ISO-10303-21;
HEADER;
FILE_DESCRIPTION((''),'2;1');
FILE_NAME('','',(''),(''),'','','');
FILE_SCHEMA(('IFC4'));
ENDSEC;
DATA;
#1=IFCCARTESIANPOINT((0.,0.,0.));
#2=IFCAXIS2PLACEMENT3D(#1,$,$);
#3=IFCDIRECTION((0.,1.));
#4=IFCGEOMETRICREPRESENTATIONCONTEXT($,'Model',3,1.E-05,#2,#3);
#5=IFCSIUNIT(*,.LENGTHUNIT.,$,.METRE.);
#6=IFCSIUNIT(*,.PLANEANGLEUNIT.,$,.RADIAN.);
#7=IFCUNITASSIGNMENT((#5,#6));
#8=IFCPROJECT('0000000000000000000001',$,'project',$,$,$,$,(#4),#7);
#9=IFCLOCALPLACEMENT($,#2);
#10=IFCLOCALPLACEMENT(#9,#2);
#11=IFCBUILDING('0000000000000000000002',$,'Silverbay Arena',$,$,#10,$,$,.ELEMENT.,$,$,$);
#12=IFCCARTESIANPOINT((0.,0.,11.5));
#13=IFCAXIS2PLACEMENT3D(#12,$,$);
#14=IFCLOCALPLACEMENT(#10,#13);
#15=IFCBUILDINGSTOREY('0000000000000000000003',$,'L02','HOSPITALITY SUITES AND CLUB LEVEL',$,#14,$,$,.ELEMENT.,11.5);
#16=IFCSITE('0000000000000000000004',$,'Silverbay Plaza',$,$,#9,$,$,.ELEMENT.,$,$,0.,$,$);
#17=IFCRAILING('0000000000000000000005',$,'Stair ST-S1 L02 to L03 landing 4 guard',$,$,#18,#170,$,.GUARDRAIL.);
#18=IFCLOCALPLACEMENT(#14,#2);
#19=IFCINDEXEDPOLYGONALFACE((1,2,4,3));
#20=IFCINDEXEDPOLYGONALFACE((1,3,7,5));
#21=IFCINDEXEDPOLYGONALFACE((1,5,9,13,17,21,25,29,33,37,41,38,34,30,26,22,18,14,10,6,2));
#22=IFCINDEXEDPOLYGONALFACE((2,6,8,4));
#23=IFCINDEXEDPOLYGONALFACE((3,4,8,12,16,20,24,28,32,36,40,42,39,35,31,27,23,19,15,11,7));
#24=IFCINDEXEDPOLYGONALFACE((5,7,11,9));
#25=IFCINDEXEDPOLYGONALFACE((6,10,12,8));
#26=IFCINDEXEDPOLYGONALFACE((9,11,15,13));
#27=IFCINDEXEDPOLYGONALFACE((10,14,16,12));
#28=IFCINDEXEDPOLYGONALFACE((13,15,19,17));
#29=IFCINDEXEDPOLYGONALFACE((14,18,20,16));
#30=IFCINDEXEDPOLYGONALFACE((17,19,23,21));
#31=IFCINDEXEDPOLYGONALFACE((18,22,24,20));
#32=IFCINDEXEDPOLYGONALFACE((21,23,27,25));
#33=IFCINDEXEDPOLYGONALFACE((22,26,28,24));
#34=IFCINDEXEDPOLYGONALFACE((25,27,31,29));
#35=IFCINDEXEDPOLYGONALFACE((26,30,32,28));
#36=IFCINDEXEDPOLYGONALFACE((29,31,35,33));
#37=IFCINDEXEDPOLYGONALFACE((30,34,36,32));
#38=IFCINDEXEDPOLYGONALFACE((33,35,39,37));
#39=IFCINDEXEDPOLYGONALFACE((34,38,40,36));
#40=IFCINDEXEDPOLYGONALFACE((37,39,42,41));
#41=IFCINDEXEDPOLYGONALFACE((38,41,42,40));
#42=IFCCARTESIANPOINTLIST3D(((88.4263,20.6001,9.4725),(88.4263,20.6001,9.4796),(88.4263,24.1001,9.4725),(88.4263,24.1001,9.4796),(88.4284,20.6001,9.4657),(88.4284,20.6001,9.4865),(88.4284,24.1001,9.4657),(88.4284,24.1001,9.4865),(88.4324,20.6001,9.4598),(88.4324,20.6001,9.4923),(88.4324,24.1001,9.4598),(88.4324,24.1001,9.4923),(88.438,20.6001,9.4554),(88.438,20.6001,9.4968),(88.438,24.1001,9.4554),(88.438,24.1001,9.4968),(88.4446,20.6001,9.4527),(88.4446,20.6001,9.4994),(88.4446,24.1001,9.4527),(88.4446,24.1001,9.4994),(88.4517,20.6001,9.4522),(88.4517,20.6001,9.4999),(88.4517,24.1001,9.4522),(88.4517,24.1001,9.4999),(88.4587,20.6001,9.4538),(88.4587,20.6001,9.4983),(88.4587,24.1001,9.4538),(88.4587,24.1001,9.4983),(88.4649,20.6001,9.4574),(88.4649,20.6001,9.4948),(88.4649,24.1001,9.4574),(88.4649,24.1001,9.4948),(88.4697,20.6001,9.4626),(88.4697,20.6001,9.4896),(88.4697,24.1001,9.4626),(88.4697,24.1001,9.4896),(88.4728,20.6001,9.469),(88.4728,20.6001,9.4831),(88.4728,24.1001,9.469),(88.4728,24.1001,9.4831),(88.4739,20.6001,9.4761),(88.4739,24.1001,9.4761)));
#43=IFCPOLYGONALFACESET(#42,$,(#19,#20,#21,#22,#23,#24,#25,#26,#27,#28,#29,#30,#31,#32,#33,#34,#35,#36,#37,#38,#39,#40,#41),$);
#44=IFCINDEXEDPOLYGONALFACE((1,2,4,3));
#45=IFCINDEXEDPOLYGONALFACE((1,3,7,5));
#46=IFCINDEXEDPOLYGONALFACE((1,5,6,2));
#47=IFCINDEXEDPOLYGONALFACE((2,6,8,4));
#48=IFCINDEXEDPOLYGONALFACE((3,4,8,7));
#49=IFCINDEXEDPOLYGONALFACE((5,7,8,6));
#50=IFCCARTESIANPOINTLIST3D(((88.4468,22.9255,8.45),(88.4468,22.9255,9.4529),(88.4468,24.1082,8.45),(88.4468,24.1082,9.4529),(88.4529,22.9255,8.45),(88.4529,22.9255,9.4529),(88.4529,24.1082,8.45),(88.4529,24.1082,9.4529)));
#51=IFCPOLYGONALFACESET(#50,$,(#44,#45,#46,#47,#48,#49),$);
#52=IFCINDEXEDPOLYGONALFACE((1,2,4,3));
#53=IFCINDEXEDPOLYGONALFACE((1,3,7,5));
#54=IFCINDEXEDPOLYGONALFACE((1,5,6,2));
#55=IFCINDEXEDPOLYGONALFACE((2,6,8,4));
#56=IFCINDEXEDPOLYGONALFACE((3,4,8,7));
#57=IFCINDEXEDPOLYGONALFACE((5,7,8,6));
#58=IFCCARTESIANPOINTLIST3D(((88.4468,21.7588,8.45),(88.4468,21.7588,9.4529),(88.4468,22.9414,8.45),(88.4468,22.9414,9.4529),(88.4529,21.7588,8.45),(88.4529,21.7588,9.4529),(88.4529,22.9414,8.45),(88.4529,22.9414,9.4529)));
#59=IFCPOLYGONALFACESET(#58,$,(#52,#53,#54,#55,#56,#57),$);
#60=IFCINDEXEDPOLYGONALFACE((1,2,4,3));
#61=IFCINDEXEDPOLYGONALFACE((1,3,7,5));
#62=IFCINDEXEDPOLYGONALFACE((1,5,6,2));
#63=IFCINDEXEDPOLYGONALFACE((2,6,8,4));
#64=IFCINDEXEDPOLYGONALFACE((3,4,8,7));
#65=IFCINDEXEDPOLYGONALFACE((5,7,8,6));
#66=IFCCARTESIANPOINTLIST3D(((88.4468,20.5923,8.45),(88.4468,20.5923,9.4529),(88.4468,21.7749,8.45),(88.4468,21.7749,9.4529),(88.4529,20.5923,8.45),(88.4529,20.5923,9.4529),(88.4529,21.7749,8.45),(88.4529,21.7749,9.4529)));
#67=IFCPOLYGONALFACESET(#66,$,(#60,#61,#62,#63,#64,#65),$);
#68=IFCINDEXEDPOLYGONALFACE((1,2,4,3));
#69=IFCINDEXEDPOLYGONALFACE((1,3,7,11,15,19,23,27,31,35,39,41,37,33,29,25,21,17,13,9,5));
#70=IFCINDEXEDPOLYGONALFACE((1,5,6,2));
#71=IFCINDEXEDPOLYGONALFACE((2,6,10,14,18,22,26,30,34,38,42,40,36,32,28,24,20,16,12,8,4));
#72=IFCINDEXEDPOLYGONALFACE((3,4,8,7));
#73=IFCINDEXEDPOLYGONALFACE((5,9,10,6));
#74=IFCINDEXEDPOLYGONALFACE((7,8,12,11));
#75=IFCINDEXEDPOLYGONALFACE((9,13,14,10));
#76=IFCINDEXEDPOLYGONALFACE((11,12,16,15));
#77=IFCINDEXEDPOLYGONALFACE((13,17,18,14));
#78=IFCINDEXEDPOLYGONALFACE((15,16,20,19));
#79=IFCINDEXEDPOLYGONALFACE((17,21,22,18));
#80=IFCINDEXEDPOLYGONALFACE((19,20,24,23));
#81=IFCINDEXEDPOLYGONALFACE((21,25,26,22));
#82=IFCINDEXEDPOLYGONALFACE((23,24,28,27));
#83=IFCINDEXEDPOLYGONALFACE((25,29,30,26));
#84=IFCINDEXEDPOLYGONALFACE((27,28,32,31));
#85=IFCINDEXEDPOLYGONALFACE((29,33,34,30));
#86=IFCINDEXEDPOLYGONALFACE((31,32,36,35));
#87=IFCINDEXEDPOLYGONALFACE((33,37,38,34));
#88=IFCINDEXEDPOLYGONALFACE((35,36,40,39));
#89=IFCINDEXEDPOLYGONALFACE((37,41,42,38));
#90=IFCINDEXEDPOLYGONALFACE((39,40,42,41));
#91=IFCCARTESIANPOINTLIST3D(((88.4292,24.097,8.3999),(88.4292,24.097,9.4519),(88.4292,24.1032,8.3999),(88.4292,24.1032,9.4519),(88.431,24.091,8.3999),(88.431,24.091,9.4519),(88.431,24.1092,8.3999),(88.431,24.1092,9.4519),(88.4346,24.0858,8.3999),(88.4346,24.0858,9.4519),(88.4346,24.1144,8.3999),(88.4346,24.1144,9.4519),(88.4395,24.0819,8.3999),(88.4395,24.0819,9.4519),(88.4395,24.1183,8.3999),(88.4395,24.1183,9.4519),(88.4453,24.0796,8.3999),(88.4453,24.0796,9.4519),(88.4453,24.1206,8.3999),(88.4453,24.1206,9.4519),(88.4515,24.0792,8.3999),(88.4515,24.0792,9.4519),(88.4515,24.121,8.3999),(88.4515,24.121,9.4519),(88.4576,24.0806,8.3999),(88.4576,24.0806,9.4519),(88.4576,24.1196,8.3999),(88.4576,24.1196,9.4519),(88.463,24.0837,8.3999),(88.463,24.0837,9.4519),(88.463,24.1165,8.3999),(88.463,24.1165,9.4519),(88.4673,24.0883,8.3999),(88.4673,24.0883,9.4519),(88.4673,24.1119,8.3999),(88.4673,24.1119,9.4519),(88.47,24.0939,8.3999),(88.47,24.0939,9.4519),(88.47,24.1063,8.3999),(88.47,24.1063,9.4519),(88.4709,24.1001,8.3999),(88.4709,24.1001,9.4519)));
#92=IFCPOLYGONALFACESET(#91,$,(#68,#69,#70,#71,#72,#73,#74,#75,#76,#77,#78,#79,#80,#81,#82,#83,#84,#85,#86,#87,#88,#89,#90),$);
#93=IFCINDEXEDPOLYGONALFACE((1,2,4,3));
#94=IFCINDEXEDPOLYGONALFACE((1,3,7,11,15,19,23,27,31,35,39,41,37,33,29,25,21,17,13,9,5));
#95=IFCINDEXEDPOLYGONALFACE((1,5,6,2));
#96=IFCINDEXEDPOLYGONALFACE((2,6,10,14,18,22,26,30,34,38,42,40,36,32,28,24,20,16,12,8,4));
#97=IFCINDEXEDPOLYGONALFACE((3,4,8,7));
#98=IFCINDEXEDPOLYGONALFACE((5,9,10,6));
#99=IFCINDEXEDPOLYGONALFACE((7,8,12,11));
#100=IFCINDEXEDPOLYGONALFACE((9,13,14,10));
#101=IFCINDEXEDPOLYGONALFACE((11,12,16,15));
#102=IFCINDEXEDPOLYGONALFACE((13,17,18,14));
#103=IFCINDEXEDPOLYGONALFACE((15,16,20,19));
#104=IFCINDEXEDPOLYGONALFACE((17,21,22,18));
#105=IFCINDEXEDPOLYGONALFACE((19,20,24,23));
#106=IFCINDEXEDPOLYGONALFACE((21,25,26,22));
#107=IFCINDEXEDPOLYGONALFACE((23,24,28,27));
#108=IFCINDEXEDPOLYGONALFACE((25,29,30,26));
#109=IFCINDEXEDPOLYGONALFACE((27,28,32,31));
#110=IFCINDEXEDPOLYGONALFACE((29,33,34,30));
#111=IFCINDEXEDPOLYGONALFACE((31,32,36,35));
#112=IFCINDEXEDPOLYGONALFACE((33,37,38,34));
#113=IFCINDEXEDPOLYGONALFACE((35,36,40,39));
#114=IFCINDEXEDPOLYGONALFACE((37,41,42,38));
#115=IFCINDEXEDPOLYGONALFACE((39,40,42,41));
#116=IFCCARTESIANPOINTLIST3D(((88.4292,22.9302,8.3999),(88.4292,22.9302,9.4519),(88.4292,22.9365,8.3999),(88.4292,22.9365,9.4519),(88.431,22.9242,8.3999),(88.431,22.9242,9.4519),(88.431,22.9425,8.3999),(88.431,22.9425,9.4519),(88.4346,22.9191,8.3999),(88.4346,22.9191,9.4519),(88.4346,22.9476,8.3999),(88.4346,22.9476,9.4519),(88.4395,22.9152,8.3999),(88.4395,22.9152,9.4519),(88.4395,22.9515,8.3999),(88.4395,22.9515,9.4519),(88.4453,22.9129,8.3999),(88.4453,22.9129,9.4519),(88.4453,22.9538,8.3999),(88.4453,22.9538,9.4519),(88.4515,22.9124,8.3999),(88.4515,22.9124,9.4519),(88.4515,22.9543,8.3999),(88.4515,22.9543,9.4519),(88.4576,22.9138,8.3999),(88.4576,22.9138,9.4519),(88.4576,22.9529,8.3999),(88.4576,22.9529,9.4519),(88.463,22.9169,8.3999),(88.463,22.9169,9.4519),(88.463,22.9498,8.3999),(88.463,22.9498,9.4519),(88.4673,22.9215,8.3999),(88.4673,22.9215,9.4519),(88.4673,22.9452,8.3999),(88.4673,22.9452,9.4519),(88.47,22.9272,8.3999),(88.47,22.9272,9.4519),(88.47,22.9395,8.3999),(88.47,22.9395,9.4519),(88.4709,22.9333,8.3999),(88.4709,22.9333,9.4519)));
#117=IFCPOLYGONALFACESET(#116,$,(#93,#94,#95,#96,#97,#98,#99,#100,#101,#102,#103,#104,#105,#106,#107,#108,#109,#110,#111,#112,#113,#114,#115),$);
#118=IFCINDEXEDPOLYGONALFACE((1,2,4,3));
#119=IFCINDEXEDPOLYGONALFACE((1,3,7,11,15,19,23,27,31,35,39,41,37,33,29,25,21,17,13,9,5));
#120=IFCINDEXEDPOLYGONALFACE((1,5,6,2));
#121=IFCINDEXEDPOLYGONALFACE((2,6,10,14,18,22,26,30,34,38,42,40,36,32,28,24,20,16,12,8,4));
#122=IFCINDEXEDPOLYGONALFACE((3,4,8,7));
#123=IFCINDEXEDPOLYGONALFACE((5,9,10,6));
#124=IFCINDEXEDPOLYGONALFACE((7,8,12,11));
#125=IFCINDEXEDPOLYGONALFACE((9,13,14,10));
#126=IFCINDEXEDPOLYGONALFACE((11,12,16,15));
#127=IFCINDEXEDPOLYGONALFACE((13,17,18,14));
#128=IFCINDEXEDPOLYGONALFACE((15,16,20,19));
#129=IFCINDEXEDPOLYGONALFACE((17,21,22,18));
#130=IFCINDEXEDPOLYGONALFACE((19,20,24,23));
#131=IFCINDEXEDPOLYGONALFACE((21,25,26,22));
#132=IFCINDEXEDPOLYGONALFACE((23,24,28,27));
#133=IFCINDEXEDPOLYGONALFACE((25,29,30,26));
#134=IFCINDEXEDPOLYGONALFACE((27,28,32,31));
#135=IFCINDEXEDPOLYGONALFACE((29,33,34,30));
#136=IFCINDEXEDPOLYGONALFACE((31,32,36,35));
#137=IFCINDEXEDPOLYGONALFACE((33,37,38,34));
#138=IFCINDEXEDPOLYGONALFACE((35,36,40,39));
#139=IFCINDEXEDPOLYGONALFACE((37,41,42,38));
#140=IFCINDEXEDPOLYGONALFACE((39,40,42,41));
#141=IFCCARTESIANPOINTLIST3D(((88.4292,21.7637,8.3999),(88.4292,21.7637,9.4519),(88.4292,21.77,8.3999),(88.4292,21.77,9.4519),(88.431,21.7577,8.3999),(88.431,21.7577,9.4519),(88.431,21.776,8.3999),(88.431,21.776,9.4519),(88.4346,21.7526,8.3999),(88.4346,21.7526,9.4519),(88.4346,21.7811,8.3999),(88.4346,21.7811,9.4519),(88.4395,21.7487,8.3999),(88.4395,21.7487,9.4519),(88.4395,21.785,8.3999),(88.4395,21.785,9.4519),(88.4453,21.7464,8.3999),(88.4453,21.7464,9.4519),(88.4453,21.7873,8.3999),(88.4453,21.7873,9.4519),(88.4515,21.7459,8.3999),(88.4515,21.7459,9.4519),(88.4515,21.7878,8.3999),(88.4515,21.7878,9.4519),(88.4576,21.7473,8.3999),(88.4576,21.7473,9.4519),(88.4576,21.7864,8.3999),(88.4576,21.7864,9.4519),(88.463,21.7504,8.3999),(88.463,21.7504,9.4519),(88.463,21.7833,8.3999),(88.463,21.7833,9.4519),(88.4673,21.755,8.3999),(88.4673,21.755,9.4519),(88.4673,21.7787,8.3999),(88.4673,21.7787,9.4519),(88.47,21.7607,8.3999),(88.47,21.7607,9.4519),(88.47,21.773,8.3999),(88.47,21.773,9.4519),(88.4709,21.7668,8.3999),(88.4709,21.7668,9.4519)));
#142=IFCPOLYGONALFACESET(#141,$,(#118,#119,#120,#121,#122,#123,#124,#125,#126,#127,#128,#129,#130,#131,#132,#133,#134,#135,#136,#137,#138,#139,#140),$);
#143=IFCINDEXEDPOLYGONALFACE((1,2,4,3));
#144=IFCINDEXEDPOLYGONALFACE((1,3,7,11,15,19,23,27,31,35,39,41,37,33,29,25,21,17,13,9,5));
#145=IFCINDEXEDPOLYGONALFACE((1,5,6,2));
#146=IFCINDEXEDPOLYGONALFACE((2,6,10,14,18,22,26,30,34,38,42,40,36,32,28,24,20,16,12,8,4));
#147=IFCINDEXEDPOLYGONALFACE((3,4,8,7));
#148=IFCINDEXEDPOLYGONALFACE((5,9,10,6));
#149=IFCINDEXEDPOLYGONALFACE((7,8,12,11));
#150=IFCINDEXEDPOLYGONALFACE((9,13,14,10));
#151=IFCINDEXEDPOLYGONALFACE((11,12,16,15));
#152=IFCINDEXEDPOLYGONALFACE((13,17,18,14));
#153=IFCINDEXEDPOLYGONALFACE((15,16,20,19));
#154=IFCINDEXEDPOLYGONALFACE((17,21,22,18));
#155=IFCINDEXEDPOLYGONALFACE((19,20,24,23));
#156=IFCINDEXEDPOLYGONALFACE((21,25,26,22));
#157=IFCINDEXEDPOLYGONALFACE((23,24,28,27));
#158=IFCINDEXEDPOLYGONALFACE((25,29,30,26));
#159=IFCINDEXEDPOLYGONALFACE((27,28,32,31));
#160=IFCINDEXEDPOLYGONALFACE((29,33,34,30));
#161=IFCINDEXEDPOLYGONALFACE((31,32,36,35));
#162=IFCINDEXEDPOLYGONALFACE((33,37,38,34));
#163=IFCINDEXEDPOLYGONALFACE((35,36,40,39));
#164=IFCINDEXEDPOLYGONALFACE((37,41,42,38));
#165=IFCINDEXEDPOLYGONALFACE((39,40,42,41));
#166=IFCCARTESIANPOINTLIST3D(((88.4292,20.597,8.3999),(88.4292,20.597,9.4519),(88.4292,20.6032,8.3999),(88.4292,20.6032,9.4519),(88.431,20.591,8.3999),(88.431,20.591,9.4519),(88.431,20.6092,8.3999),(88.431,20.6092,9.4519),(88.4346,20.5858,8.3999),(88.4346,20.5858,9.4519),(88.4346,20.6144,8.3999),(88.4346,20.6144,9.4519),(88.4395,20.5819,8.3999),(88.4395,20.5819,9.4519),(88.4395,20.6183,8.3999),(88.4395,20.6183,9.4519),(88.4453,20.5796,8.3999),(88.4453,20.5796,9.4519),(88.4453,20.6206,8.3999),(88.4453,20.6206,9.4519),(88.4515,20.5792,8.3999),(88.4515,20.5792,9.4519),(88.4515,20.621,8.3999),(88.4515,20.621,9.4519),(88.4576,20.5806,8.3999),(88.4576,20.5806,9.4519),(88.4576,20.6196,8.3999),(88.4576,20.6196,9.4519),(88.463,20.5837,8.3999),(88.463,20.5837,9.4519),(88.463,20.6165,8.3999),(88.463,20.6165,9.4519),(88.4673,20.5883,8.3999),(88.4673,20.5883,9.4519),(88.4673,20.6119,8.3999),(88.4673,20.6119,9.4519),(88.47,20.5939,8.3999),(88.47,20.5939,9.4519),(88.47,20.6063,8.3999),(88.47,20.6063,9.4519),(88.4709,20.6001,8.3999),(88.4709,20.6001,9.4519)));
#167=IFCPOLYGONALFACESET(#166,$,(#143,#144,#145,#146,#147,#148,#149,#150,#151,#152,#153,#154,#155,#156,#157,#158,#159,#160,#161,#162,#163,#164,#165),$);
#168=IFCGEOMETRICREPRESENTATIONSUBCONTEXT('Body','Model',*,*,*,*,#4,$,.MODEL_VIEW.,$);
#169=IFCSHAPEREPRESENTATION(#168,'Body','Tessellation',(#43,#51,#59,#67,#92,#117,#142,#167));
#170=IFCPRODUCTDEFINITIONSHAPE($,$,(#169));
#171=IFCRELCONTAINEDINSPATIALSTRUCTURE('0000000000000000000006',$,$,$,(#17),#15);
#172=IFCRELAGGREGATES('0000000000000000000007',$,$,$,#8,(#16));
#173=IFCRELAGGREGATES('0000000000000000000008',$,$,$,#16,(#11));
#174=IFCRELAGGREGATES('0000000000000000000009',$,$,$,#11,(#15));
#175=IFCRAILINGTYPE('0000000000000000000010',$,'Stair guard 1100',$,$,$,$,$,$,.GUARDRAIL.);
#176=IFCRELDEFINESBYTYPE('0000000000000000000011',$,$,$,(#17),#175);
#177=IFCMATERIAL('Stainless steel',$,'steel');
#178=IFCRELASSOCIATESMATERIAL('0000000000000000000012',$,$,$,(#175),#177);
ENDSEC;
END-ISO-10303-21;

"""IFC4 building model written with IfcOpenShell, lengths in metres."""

from ifc_helpers import new_model, si_unit, direction, frame, origin, origin_2d, place, context, subcontext, project, spatial, polyline, circle, outline, extrude, material, type_object, element, save


model = new_model("IFC4")

# Units and contexts
model_context = context("Model", 3, precision=1e-05, world=origin(), true_north=direction((0.0, 1.0)))
body_context = subcontext(model_context, "Body", "Model", "MODEL_VIEW")
ifc_project = project(units=[si_unit("LENGTHUNIT", "METRE"), si_unit("PLANEANGLEUNIT", "RADIAN")], contexts=[model_context])

# Site, building, storey
site_placement = place(None, origin())
site = spatial("IfcSite", under=ifc_project, at=site_placement, Name="Silverbay Plaza", CompositionType="ELEMENT", RefElevation=0.0)
building_placement = place(site_placement, origin())
building = spatial("IfcBuilding", under=site, at=building_placement, Name="Silverbay Arena", CompositionType="ELEMENT")
storey_placement = place(building_placement, frame((0.0, 0.0, 11.5)))
storey = spatial("IfcBuildingStorey", under=building, at=storey_placement, Name="L02", Description="HOSPITALITY SUITES AND CLUB LEVEL", CompositionType="ELEMENT", Elevation=11.5)

# Railing
ifc_material_1 = material(Name="Stainless steel", Category="steel")
railing_type_1 = type_object("IfcRailingType", Name="Stair guard 1100", PredefinedType="GUARDRAIL", material=ifc_material_1)
for number, where, name in (
    (1, (88.45, 24.1001, 8.3999), "Stair ST-S1 L02 to L03 landing 4 guard"),
):
    element("IfcRailing", number, at=place(storey_placement, frame(where)), inside=storey, type_object=railing_type_1, Name=name, PredefinedType="GUARDRAIL", context=body_context, shape_type="SweptSolid", body=[
        extrude(circle(Radius=0.0239, at=origin_2d()), frame((0.0, 0.0, 1.0762), z_axis=(0.0, -1.0, 0.0), x_axis=(1.0, 0.0, 0.0)), (0.0, 0.0, 1.0), 3.5),
        extrude(outline(polyline([(-0.0081, 0.05), (1.1746, 0.05), (1.1746, 1.053), (-0.0081, 1.053), (-0.0081, 0.05)])), frame((0.0029, 0.0, 0.0), z_axis=(-1.0, 0.0, 0.0), x_axis=(0.0, -1.0, 0.0)), (0.0, 0.0, 1.0), 0.0061),
        extrude(outline(polyline([(-0.0081, 0.05), (1.1746, 0.05), (1.1746, 1.053), (-0.0081, 1.053), (-0.0081, 0.05)])), frame((0.0029, -1.1667, 0.0), z_axis=(-1.0, 0.0, 0.0), x_axis=(0.0, -1.0, 0.0)), (0.0, 0.0, 1.0), 0.0061),
        extrude(outline(polyline([(-0.0081, 0.05), (1.1746, 0.05), (1.1746, 1.053), (-0.0081, 1.053), (-0.0081, 0.05)])), frame((0.0029, -2.3333, 0.0), z_axis=(-1.0, 0.0, 0.0), x_axis=(0.0, -1.0, 0.0)), (0.0, 0.0, 1.0), 0.0061),
        extrude(circle(Radius=0.021, at=origin_2d()), origin(), (0.0, 0.0, 1.0), 1.052),
        extrude(circle(Radius=0.021, at=origin_2d()), frame((0.0, -1.1667, 0.0)), (0.0, 0.0, 1.0), 1.052),
        extrude(circle(Radius=0.021, at=origin_2d()), frame((0.0, -2.3333, 0.0)), (0.0, 0.0, 1.0), 1.052),
        extrude(circle(Radius=0.021, at=origin_2d()), frame((0.0, -3.5, 0.0)), (0.0, 0.0, 1.0), 1.052),
    ])

save(model, "model.ifc")
